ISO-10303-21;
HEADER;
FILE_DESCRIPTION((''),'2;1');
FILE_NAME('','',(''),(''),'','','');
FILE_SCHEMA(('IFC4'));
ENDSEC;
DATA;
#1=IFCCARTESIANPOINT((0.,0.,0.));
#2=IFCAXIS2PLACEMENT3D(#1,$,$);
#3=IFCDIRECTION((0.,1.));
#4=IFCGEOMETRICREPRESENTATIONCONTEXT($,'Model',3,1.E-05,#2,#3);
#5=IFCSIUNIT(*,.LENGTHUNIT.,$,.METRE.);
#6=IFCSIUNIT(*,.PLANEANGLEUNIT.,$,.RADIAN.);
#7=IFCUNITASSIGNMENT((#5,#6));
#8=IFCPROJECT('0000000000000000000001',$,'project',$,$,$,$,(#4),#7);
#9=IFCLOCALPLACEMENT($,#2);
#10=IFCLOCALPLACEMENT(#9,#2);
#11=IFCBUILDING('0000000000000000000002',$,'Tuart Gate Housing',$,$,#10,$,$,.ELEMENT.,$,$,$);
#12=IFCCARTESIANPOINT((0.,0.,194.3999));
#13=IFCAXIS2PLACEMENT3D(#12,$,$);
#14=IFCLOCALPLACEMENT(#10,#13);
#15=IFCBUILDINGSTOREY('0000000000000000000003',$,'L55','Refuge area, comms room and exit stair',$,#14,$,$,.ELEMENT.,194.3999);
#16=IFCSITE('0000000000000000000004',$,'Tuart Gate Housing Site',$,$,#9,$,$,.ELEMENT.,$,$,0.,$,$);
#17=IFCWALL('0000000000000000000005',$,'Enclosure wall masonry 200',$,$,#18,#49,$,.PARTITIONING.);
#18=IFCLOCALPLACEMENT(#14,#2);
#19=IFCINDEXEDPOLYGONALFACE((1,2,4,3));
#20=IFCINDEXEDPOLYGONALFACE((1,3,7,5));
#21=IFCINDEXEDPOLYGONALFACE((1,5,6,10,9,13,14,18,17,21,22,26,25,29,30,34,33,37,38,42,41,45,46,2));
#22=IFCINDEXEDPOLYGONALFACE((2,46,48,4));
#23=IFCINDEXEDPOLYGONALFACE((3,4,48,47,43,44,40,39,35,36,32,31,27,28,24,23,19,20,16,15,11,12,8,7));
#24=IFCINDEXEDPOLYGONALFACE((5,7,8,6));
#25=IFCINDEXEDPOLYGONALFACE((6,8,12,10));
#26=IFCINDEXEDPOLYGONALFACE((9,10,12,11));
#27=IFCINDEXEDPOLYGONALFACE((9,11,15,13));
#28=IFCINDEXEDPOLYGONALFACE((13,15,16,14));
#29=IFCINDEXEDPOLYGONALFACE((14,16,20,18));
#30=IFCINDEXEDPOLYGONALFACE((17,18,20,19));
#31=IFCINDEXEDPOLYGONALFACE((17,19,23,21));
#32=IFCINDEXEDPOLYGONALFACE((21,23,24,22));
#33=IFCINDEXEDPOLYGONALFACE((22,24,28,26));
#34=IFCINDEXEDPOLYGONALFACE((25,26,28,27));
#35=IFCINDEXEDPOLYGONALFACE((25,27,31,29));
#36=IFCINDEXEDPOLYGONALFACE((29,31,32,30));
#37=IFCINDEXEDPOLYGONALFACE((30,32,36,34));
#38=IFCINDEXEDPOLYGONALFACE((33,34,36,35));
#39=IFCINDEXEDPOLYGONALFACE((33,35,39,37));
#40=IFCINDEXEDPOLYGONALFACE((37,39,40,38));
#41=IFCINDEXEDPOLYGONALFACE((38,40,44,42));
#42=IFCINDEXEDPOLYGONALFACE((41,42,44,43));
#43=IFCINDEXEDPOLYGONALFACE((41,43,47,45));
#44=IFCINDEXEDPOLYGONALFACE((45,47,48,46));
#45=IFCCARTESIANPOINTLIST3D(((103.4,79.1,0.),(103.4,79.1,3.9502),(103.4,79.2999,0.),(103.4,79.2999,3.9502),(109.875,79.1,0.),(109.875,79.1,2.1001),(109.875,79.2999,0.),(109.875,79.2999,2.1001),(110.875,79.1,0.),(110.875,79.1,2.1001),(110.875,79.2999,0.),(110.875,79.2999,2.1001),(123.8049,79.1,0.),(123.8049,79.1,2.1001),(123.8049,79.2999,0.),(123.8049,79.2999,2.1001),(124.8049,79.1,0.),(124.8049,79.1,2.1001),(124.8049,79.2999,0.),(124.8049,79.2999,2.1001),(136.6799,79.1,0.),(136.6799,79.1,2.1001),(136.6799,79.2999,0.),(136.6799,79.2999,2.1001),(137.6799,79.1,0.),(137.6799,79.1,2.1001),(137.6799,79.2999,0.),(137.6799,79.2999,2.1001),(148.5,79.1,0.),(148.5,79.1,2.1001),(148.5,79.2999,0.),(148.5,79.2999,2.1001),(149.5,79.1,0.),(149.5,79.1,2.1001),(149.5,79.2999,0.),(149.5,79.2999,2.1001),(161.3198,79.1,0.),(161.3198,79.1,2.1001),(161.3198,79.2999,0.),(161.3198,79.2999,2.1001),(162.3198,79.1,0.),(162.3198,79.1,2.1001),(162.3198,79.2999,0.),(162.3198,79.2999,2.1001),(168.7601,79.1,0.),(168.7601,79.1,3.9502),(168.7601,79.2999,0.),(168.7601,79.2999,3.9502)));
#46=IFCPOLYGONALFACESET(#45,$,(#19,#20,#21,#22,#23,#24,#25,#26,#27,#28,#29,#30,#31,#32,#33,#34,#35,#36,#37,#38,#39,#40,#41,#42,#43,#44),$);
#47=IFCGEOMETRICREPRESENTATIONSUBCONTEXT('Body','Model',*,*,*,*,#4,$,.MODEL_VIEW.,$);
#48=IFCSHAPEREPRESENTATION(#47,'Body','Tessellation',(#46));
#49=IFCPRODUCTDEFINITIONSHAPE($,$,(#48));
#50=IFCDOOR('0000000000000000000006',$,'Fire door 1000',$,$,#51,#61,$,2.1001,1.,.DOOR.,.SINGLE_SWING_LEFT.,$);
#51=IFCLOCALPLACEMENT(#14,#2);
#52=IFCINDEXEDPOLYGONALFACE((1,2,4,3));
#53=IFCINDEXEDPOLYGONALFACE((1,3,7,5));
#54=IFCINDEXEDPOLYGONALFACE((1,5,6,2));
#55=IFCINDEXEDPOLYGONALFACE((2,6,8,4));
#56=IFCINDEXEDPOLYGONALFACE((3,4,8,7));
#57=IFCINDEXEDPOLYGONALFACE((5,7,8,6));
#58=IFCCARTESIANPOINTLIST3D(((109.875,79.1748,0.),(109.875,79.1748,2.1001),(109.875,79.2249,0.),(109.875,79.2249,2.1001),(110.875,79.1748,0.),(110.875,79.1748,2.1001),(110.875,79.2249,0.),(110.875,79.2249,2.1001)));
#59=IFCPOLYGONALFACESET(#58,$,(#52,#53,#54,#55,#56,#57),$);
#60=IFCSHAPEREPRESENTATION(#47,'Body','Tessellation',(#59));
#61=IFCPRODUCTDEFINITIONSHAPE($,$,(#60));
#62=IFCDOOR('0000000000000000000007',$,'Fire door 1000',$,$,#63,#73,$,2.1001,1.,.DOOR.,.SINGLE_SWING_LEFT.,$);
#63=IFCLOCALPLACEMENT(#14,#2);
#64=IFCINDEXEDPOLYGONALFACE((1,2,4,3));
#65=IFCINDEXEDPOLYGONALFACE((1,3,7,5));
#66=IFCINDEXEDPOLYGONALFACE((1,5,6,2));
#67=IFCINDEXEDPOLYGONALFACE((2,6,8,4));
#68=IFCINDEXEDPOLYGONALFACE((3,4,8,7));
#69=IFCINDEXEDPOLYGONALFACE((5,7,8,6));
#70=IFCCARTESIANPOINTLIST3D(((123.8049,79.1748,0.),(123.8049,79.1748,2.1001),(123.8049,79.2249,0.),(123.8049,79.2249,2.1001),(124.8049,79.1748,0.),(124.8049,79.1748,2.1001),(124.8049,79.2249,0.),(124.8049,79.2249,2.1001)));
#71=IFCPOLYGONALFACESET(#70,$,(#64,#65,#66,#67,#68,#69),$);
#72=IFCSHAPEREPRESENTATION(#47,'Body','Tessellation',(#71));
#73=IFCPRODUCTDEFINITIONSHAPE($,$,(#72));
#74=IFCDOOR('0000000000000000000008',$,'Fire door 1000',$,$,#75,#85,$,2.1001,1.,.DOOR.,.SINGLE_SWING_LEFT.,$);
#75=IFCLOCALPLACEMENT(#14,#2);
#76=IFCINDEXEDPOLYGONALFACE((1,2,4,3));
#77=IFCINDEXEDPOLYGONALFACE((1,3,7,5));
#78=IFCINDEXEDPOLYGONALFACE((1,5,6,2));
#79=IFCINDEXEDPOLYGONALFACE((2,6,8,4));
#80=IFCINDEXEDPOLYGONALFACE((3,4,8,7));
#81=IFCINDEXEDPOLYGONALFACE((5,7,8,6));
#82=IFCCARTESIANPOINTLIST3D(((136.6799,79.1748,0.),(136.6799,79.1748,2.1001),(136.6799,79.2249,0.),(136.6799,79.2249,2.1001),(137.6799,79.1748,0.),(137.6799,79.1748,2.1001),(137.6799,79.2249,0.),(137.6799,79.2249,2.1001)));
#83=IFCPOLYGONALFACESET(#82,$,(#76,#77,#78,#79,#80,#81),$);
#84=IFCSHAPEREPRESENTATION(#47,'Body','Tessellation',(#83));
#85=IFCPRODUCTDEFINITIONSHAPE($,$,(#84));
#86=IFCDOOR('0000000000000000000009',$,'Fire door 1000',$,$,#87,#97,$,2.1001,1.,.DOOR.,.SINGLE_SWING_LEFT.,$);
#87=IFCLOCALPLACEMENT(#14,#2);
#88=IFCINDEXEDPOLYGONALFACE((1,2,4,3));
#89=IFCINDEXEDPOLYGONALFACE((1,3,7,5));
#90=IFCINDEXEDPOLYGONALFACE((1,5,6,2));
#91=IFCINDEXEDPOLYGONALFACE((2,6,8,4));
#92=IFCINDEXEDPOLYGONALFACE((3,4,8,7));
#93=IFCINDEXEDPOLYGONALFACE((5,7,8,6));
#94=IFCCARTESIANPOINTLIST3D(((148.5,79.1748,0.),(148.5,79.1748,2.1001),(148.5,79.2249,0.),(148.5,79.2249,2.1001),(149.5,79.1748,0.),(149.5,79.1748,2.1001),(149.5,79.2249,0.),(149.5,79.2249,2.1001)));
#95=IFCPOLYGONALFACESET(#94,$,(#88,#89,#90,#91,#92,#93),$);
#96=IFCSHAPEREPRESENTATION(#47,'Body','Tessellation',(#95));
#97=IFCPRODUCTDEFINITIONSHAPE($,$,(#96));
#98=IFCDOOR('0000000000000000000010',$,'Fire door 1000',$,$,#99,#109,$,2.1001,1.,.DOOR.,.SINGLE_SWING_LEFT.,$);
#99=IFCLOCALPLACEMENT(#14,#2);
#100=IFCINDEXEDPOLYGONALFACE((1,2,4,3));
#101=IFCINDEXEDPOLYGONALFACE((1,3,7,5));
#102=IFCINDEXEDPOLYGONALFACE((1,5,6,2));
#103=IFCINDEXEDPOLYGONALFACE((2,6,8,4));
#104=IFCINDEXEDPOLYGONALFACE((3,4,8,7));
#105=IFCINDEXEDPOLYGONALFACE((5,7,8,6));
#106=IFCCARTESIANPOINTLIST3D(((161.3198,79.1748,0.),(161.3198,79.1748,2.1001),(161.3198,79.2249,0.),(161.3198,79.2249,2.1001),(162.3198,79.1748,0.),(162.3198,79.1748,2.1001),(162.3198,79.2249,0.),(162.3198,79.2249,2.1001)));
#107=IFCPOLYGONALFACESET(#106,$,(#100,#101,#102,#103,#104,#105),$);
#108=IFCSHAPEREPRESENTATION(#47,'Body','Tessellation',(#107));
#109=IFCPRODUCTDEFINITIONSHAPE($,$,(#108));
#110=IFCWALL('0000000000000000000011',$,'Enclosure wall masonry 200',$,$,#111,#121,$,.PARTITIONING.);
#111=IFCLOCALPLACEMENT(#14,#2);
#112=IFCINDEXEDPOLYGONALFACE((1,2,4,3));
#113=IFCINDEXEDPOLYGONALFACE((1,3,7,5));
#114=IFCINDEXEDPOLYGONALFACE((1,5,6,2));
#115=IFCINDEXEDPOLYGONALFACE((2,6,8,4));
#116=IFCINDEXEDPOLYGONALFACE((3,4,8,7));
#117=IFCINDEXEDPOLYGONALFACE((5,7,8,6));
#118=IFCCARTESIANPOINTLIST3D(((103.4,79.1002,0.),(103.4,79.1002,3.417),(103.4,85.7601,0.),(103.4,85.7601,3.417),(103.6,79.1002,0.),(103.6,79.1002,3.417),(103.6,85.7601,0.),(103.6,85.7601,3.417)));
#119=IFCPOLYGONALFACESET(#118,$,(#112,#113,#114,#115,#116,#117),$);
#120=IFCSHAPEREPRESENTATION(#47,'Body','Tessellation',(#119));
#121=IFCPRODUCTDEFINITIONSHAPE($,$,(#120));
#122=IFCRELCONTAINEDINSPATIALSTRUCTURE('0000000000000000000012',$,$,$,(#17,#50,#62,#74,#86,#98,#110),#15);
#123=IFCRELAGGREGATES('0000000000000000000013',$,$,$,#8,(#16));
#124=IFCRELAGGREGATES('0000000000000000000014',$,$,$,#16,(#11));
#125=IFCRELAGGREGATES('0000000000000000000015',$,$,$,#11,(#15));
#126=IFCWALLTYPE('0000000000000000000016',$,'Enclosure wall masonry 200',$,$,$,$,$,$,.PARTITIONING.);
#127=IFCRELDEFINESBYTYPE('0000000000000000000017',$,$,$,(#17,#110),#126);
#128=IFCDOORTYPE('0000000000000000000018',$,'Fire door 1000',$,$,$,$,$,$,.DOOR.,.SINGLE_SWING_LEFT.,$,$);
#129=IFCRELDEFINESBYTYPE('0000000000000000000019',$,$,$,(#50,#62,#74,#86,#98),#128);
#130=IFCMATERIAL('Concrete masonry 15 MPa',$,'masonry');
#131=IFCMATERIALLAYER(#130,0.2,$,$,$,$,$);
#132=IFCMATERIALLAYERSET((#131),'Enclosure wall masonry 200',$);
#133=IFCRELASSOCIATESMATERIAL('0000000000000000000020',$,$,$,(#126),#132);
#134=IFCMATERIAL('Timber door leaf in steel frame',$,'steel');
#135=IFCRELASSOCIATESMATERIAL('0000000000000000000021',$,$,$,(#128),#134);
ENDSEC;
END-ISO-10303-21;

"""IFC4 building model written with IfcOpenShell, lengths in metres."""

from ifc_helpers import new_model, si_unit, direction, frame, frame_2d, origin, place, context, subcontext, project, spatial, rectangle, extrude, material, layer, layer_set, type_object, element, fill, save


model = new_model("IFC4")

# Units and contexts
model_context = context("Model", 3, precision=1e-05, world=origin(), true_north=direction((0.0, 1.0)))
body_context = subcontext(model_context, "Body", "Model", "MODEL_VIEW")
ifc_project = project(units=[si_unit("LENGTHUNIT", "METRE"), si_unit("PLANEANGLEUNIT", "RADIAN")], contexts=[model_context])

# Site, building, storey
site_placement = place(None, origin())
site = spatial("IfcSite", under=ifc_project, at=site_placement, Name="Tuart Gate Housing Site", CompositionType="ELEMENT", RefElevation=0.0)
building_placement = place(site_placement, origin())
building = spatial("IfcBuilding", under=site, at=building_placement, Name="Tuart Gate Housing", CompositionType="ELEMENT")
storey_placement = place(building_placement, frame((0.0, 0.0, 194.3999)))
storey = spatial("IfcBuildingStorey", under=building, at=storey_placement, Name="L55", Description="Refuge area, comms room and exit stair", CompositionType="ELEMENT", Elevation=194.3999)

# Wall, openings, doors
ifc_material_1 = material(Name="Concrete masonry 15 MPa", Category="masonry")
ifc_layer = layer(ifc_material_1, 0.2)
ifc_layer_set = layer_set([ifc_layer], Name="Enclosure wall masonry 200")
wall_type = type_object("IfcWallType", Name="Enclosure wall masonry 200", PredefinedType="PARTITIONING", material=ifc_layer_set)
wall_1_placement = place(storey_placement, frame((103.3999, 79.2, 0.0), z_axis=(0.0, 0.0, 1.0), x_axis=(1.0, 0.0, 0.0)))
wall_1 = element("IfcWall", 1, at=wall_1_placement, inside=storey, type_object=wall_type, Name="Enclosure wall masonry 200", PredefinedType="PARTITIONING", context=body_context, shape_type="SweptSolid", body=[
    extrude(rectangle(XDim=65.3601, YDim=0.2, at=frame_2d((32.6802, 0.0))), origin(), (0.0, 0.0, 1.0), 3.9502),
])
opening_1_placement = place(wall_1_placement, frame((6.4751, 0.0, 0.0)))
opening_1 = element("IfcOpeningElement", 2, at=opening_1_placement, cuts=wall_1, PredefinedType="OPENING", context=body_context, shape_type="SweptSolid", body=[
    extrude(rectangle(XDim=1.0, YDim=2.1001, at=frame_2d((0.5, 1.05))), frame((0.0, 0.1099, 0.0), z_axis=(0.0, -1.0, 0.0), x_axis=(1.0, 0.0, 0.0)), (0.0, 0.0, 1.0), 0.22),
])
opening_2_placement = place(wall_1_placement, frame((20.405, 0.0, 0.0)))
opening_2 = element("IfcOpeningElement", 3, at=opening_2_placement, cuts=wall_1, PredefinedType="OPENING", context=body_context, shape_type="SweptSolid", body=[
    extrude(rectangle(XDim=1.0, YDim=2.1001, at=frame_2d((0.5, 1.05))), frame((0.0, 0.1099, 0.0), z_axis=(0.0, -1.0, 0.0), x_axis=(1.0, 0.0, 0.0)), (0.0, 0.0, 1.0), 0.22),
])
opening_3_placement = place(wall_1_placement, frame((33.28, 0.0, 0.0)))
opening_3 = element("IfcOpeningElement", 4, at=opening_3_placement, cuts=wall_1, PredefinedType="OPENING", context=body_context, shape_type="SweptSolid", body=[
    extrude(rectangle(XDim=1.0, YDim=2.1001, at=frame_2d((0.5, 1.05))), frame((0.0, 0.1099, 0.0), z_axis=(0.0, -1.0, 0.0), x_axis=(1.0, 0.0, 0.0)), (0.0, 0.0, 1.0), 0.22),
])
opening_4_placement = place(wall_1_placement, frame((45.1001, 0.0, 0.0)))
opening_4 = element("IfcOpeningElement", 5, at=opening_4_placement, cuts=wall_1, PredefinedType="OPENING", context=body_context, shape_type="SweptSolid", body=[
    extrude(rectangle(XDim=1.0, YDim=2.1001, at=frame_2d((0.5, 1.05))), frame((0.0, 0.1099, 0.0), z_axis=(0.0, -1.0, 0.0), x_axis=(1.0, 0.0, 0.0)), (0.0, 0.0, 1.0), 0.22),
])
opening_5_placement = place(wall_1_placement, frame((57.9199, 0.0, 0.0)))
opening_5 = element("IfcOpeningElement", 6, at=opening_5_placement, cuts=wall_1, PredefinedType="OPENING", context=body_context, shape_type="SweptSolid", body=[
    extrude(rectangle(XDim=1.0, YDim=2.1001, at=frame_2d((0.5, 1.05))), frame((0.0, 0.1099, 0.0), z_axis=(0.0, -1.0, 0.0), x_axis=(1.0, 0.0, 0.0)), (0.0, 0.0, 1.0), 0.22),
])
ifc_material_2 = material(Name="Timber door leaf in steel frame", Category="steel")
door_type = type_object("IfcDoorType", Name="Fire door 1000", OperationType="SINGLE_SWING_LEFT", PredefinedType="DOOR", material=ifc_material_2)
door_1_placement = place(opening_1_placement, origin())
door_1 = element("IfcDoor", 7, at=door_1_placement, inside=storey, type_object=door_type, Name="Fire door 1000", OperationType="SINGLE_SWING_LEFT", OverallHeight=2.1001, OverallWidth=1.0, PredefinedType="DOOR", context=body_context, shape_type="SweptSolid", body=[
    extrude(rectangle(XDim=1.0, YDim=2.1001, at=frame_2d((0.5, 1.05))), frame((0.0, 0.0249, 0.0), z_axis=(0.0, -1.0, 0.0), x_axis=(1.0, 0.0, 0.0)), (0.0, 0.0, 1.0), 0.05),
])
fill(opening_1, door_1)
door_2_placement = place(opening_2_placement, origin())
door_2 = element("IfcDoor", 8, at=door_2_placement, inside=storey, type_object=door_type, Name="Fire door 1000", OperationType="SINGLE_SWING_LEFT", OverallHeight=2.1001, OverallWidth=1.0, PredefinedType="DOOR", context=body_context, shape_type="SweptSolid", body=[
    extrude(rectangle(XDim=1.0, YDim=2.1001, at=frame_2d((0.5, 1.05))), frame((0.0, 0.0249, 0.0), z_axis=(0.0, -1.0, 0.0), x_axis=(1.0, 0.0, 0.0)), (0.0, 0.0, 1.0), 0.05),
])
fill(opening_2, door_2)
door_3_placement = place(opening_3_placement, origin())
door_3 = element("IfcDoor", 9, at=door_3_placement, inside=storey, type_object=door_type, Name="Fire door 1000", OperationType="SINGLE_SWING_LEFT", OverallHeight=2.1001, OverallWidth=1.0, PredefinedType="DOOR", context=body_context, shape_type="SweptSolid", body=[
    extrude(rectangle(XDim=1.0, YDim=2.1001, at=frame_2d((0.5, 1.05))), frame((0.0, 0.0249, 0.0), z_axis=(0.0, -1.0, 0.0), x_axis=(1.0, 0.0, 0.0)), (0.0, 0.0, 1.0), 0.05),
])
fill(opening_3, door_3)
door_4_placement = place(opening_4_placement, origin())
door_4 = element("IfcDoor", 10, at=door_4_placement, inside=storey, type_object=door_type, Name="Fire door 1000", OperationType="SINGLE_SWING_LEFT", OverallHeight=2.1001, OverallWidth=1.0, PredefinedType="DOOR", context=body_context, shape_type="SweptSolid", body=[
    extrude(rectangle(XDim=1.0, YDim=2.1001, at=frame_2d((0.5, 1.05))), frame((0.0, 0.0249, 0.0), z_axis=(0.0, -1.0, 0.0), x_axis=(1.0, 0.0, 0.0)), (0.0, 0.0, 1.0), 0.05),
])
fill(opening_4, door_4)
door_5_placement = place(opening_5_placement, origin())
door_5 = element("IfcDoor", 11, at=door_5_placement, inside=storey, type_object=door_type, Name="Fire door 1000", OperationType="SINGLE_SWING_LEFT", OverallHeight=2.1001, OverallWidth=1.0, PredefinedType="DOOR", context=body_context, shape_type="SweptSolid", body=[
    extrude(rectangle(XDim=1.0, YDim=2.1001, at=frame_2d((0.5, 1.05))), frame((0.0, 0.0249, 0.0), z_axis=(0.0, -1.0, 0.0), x_axis=(1.0, 0.0, 0.0)), (0.0, 0.0, 1.0), 0.05),
])
fill(opening_5, door_5)

# Wall
wall_2_placement = place(storey_placement, frame((103.5, 79.1001, 0.0), z_axis=(0.0, 0.0, 1.0), x_axis=(0.0, 1.0, 0.0)))
element("IfcWall", 12, at=wall_2_placement, inside=storey, type_object=wall_type, Name="Enclosure wall masonry 200", PredefinedType="PARTITIONING", context=body_context, shape_type="SweptSolid", body=[
    extrude(rectangle(XDim=6.6599, YDim=0.2, at=frame_2d((3.3301, 0.0))), origin(), (0.0, 0.0, 1.0), 3.417),
])

save(model, "model.ifc")
